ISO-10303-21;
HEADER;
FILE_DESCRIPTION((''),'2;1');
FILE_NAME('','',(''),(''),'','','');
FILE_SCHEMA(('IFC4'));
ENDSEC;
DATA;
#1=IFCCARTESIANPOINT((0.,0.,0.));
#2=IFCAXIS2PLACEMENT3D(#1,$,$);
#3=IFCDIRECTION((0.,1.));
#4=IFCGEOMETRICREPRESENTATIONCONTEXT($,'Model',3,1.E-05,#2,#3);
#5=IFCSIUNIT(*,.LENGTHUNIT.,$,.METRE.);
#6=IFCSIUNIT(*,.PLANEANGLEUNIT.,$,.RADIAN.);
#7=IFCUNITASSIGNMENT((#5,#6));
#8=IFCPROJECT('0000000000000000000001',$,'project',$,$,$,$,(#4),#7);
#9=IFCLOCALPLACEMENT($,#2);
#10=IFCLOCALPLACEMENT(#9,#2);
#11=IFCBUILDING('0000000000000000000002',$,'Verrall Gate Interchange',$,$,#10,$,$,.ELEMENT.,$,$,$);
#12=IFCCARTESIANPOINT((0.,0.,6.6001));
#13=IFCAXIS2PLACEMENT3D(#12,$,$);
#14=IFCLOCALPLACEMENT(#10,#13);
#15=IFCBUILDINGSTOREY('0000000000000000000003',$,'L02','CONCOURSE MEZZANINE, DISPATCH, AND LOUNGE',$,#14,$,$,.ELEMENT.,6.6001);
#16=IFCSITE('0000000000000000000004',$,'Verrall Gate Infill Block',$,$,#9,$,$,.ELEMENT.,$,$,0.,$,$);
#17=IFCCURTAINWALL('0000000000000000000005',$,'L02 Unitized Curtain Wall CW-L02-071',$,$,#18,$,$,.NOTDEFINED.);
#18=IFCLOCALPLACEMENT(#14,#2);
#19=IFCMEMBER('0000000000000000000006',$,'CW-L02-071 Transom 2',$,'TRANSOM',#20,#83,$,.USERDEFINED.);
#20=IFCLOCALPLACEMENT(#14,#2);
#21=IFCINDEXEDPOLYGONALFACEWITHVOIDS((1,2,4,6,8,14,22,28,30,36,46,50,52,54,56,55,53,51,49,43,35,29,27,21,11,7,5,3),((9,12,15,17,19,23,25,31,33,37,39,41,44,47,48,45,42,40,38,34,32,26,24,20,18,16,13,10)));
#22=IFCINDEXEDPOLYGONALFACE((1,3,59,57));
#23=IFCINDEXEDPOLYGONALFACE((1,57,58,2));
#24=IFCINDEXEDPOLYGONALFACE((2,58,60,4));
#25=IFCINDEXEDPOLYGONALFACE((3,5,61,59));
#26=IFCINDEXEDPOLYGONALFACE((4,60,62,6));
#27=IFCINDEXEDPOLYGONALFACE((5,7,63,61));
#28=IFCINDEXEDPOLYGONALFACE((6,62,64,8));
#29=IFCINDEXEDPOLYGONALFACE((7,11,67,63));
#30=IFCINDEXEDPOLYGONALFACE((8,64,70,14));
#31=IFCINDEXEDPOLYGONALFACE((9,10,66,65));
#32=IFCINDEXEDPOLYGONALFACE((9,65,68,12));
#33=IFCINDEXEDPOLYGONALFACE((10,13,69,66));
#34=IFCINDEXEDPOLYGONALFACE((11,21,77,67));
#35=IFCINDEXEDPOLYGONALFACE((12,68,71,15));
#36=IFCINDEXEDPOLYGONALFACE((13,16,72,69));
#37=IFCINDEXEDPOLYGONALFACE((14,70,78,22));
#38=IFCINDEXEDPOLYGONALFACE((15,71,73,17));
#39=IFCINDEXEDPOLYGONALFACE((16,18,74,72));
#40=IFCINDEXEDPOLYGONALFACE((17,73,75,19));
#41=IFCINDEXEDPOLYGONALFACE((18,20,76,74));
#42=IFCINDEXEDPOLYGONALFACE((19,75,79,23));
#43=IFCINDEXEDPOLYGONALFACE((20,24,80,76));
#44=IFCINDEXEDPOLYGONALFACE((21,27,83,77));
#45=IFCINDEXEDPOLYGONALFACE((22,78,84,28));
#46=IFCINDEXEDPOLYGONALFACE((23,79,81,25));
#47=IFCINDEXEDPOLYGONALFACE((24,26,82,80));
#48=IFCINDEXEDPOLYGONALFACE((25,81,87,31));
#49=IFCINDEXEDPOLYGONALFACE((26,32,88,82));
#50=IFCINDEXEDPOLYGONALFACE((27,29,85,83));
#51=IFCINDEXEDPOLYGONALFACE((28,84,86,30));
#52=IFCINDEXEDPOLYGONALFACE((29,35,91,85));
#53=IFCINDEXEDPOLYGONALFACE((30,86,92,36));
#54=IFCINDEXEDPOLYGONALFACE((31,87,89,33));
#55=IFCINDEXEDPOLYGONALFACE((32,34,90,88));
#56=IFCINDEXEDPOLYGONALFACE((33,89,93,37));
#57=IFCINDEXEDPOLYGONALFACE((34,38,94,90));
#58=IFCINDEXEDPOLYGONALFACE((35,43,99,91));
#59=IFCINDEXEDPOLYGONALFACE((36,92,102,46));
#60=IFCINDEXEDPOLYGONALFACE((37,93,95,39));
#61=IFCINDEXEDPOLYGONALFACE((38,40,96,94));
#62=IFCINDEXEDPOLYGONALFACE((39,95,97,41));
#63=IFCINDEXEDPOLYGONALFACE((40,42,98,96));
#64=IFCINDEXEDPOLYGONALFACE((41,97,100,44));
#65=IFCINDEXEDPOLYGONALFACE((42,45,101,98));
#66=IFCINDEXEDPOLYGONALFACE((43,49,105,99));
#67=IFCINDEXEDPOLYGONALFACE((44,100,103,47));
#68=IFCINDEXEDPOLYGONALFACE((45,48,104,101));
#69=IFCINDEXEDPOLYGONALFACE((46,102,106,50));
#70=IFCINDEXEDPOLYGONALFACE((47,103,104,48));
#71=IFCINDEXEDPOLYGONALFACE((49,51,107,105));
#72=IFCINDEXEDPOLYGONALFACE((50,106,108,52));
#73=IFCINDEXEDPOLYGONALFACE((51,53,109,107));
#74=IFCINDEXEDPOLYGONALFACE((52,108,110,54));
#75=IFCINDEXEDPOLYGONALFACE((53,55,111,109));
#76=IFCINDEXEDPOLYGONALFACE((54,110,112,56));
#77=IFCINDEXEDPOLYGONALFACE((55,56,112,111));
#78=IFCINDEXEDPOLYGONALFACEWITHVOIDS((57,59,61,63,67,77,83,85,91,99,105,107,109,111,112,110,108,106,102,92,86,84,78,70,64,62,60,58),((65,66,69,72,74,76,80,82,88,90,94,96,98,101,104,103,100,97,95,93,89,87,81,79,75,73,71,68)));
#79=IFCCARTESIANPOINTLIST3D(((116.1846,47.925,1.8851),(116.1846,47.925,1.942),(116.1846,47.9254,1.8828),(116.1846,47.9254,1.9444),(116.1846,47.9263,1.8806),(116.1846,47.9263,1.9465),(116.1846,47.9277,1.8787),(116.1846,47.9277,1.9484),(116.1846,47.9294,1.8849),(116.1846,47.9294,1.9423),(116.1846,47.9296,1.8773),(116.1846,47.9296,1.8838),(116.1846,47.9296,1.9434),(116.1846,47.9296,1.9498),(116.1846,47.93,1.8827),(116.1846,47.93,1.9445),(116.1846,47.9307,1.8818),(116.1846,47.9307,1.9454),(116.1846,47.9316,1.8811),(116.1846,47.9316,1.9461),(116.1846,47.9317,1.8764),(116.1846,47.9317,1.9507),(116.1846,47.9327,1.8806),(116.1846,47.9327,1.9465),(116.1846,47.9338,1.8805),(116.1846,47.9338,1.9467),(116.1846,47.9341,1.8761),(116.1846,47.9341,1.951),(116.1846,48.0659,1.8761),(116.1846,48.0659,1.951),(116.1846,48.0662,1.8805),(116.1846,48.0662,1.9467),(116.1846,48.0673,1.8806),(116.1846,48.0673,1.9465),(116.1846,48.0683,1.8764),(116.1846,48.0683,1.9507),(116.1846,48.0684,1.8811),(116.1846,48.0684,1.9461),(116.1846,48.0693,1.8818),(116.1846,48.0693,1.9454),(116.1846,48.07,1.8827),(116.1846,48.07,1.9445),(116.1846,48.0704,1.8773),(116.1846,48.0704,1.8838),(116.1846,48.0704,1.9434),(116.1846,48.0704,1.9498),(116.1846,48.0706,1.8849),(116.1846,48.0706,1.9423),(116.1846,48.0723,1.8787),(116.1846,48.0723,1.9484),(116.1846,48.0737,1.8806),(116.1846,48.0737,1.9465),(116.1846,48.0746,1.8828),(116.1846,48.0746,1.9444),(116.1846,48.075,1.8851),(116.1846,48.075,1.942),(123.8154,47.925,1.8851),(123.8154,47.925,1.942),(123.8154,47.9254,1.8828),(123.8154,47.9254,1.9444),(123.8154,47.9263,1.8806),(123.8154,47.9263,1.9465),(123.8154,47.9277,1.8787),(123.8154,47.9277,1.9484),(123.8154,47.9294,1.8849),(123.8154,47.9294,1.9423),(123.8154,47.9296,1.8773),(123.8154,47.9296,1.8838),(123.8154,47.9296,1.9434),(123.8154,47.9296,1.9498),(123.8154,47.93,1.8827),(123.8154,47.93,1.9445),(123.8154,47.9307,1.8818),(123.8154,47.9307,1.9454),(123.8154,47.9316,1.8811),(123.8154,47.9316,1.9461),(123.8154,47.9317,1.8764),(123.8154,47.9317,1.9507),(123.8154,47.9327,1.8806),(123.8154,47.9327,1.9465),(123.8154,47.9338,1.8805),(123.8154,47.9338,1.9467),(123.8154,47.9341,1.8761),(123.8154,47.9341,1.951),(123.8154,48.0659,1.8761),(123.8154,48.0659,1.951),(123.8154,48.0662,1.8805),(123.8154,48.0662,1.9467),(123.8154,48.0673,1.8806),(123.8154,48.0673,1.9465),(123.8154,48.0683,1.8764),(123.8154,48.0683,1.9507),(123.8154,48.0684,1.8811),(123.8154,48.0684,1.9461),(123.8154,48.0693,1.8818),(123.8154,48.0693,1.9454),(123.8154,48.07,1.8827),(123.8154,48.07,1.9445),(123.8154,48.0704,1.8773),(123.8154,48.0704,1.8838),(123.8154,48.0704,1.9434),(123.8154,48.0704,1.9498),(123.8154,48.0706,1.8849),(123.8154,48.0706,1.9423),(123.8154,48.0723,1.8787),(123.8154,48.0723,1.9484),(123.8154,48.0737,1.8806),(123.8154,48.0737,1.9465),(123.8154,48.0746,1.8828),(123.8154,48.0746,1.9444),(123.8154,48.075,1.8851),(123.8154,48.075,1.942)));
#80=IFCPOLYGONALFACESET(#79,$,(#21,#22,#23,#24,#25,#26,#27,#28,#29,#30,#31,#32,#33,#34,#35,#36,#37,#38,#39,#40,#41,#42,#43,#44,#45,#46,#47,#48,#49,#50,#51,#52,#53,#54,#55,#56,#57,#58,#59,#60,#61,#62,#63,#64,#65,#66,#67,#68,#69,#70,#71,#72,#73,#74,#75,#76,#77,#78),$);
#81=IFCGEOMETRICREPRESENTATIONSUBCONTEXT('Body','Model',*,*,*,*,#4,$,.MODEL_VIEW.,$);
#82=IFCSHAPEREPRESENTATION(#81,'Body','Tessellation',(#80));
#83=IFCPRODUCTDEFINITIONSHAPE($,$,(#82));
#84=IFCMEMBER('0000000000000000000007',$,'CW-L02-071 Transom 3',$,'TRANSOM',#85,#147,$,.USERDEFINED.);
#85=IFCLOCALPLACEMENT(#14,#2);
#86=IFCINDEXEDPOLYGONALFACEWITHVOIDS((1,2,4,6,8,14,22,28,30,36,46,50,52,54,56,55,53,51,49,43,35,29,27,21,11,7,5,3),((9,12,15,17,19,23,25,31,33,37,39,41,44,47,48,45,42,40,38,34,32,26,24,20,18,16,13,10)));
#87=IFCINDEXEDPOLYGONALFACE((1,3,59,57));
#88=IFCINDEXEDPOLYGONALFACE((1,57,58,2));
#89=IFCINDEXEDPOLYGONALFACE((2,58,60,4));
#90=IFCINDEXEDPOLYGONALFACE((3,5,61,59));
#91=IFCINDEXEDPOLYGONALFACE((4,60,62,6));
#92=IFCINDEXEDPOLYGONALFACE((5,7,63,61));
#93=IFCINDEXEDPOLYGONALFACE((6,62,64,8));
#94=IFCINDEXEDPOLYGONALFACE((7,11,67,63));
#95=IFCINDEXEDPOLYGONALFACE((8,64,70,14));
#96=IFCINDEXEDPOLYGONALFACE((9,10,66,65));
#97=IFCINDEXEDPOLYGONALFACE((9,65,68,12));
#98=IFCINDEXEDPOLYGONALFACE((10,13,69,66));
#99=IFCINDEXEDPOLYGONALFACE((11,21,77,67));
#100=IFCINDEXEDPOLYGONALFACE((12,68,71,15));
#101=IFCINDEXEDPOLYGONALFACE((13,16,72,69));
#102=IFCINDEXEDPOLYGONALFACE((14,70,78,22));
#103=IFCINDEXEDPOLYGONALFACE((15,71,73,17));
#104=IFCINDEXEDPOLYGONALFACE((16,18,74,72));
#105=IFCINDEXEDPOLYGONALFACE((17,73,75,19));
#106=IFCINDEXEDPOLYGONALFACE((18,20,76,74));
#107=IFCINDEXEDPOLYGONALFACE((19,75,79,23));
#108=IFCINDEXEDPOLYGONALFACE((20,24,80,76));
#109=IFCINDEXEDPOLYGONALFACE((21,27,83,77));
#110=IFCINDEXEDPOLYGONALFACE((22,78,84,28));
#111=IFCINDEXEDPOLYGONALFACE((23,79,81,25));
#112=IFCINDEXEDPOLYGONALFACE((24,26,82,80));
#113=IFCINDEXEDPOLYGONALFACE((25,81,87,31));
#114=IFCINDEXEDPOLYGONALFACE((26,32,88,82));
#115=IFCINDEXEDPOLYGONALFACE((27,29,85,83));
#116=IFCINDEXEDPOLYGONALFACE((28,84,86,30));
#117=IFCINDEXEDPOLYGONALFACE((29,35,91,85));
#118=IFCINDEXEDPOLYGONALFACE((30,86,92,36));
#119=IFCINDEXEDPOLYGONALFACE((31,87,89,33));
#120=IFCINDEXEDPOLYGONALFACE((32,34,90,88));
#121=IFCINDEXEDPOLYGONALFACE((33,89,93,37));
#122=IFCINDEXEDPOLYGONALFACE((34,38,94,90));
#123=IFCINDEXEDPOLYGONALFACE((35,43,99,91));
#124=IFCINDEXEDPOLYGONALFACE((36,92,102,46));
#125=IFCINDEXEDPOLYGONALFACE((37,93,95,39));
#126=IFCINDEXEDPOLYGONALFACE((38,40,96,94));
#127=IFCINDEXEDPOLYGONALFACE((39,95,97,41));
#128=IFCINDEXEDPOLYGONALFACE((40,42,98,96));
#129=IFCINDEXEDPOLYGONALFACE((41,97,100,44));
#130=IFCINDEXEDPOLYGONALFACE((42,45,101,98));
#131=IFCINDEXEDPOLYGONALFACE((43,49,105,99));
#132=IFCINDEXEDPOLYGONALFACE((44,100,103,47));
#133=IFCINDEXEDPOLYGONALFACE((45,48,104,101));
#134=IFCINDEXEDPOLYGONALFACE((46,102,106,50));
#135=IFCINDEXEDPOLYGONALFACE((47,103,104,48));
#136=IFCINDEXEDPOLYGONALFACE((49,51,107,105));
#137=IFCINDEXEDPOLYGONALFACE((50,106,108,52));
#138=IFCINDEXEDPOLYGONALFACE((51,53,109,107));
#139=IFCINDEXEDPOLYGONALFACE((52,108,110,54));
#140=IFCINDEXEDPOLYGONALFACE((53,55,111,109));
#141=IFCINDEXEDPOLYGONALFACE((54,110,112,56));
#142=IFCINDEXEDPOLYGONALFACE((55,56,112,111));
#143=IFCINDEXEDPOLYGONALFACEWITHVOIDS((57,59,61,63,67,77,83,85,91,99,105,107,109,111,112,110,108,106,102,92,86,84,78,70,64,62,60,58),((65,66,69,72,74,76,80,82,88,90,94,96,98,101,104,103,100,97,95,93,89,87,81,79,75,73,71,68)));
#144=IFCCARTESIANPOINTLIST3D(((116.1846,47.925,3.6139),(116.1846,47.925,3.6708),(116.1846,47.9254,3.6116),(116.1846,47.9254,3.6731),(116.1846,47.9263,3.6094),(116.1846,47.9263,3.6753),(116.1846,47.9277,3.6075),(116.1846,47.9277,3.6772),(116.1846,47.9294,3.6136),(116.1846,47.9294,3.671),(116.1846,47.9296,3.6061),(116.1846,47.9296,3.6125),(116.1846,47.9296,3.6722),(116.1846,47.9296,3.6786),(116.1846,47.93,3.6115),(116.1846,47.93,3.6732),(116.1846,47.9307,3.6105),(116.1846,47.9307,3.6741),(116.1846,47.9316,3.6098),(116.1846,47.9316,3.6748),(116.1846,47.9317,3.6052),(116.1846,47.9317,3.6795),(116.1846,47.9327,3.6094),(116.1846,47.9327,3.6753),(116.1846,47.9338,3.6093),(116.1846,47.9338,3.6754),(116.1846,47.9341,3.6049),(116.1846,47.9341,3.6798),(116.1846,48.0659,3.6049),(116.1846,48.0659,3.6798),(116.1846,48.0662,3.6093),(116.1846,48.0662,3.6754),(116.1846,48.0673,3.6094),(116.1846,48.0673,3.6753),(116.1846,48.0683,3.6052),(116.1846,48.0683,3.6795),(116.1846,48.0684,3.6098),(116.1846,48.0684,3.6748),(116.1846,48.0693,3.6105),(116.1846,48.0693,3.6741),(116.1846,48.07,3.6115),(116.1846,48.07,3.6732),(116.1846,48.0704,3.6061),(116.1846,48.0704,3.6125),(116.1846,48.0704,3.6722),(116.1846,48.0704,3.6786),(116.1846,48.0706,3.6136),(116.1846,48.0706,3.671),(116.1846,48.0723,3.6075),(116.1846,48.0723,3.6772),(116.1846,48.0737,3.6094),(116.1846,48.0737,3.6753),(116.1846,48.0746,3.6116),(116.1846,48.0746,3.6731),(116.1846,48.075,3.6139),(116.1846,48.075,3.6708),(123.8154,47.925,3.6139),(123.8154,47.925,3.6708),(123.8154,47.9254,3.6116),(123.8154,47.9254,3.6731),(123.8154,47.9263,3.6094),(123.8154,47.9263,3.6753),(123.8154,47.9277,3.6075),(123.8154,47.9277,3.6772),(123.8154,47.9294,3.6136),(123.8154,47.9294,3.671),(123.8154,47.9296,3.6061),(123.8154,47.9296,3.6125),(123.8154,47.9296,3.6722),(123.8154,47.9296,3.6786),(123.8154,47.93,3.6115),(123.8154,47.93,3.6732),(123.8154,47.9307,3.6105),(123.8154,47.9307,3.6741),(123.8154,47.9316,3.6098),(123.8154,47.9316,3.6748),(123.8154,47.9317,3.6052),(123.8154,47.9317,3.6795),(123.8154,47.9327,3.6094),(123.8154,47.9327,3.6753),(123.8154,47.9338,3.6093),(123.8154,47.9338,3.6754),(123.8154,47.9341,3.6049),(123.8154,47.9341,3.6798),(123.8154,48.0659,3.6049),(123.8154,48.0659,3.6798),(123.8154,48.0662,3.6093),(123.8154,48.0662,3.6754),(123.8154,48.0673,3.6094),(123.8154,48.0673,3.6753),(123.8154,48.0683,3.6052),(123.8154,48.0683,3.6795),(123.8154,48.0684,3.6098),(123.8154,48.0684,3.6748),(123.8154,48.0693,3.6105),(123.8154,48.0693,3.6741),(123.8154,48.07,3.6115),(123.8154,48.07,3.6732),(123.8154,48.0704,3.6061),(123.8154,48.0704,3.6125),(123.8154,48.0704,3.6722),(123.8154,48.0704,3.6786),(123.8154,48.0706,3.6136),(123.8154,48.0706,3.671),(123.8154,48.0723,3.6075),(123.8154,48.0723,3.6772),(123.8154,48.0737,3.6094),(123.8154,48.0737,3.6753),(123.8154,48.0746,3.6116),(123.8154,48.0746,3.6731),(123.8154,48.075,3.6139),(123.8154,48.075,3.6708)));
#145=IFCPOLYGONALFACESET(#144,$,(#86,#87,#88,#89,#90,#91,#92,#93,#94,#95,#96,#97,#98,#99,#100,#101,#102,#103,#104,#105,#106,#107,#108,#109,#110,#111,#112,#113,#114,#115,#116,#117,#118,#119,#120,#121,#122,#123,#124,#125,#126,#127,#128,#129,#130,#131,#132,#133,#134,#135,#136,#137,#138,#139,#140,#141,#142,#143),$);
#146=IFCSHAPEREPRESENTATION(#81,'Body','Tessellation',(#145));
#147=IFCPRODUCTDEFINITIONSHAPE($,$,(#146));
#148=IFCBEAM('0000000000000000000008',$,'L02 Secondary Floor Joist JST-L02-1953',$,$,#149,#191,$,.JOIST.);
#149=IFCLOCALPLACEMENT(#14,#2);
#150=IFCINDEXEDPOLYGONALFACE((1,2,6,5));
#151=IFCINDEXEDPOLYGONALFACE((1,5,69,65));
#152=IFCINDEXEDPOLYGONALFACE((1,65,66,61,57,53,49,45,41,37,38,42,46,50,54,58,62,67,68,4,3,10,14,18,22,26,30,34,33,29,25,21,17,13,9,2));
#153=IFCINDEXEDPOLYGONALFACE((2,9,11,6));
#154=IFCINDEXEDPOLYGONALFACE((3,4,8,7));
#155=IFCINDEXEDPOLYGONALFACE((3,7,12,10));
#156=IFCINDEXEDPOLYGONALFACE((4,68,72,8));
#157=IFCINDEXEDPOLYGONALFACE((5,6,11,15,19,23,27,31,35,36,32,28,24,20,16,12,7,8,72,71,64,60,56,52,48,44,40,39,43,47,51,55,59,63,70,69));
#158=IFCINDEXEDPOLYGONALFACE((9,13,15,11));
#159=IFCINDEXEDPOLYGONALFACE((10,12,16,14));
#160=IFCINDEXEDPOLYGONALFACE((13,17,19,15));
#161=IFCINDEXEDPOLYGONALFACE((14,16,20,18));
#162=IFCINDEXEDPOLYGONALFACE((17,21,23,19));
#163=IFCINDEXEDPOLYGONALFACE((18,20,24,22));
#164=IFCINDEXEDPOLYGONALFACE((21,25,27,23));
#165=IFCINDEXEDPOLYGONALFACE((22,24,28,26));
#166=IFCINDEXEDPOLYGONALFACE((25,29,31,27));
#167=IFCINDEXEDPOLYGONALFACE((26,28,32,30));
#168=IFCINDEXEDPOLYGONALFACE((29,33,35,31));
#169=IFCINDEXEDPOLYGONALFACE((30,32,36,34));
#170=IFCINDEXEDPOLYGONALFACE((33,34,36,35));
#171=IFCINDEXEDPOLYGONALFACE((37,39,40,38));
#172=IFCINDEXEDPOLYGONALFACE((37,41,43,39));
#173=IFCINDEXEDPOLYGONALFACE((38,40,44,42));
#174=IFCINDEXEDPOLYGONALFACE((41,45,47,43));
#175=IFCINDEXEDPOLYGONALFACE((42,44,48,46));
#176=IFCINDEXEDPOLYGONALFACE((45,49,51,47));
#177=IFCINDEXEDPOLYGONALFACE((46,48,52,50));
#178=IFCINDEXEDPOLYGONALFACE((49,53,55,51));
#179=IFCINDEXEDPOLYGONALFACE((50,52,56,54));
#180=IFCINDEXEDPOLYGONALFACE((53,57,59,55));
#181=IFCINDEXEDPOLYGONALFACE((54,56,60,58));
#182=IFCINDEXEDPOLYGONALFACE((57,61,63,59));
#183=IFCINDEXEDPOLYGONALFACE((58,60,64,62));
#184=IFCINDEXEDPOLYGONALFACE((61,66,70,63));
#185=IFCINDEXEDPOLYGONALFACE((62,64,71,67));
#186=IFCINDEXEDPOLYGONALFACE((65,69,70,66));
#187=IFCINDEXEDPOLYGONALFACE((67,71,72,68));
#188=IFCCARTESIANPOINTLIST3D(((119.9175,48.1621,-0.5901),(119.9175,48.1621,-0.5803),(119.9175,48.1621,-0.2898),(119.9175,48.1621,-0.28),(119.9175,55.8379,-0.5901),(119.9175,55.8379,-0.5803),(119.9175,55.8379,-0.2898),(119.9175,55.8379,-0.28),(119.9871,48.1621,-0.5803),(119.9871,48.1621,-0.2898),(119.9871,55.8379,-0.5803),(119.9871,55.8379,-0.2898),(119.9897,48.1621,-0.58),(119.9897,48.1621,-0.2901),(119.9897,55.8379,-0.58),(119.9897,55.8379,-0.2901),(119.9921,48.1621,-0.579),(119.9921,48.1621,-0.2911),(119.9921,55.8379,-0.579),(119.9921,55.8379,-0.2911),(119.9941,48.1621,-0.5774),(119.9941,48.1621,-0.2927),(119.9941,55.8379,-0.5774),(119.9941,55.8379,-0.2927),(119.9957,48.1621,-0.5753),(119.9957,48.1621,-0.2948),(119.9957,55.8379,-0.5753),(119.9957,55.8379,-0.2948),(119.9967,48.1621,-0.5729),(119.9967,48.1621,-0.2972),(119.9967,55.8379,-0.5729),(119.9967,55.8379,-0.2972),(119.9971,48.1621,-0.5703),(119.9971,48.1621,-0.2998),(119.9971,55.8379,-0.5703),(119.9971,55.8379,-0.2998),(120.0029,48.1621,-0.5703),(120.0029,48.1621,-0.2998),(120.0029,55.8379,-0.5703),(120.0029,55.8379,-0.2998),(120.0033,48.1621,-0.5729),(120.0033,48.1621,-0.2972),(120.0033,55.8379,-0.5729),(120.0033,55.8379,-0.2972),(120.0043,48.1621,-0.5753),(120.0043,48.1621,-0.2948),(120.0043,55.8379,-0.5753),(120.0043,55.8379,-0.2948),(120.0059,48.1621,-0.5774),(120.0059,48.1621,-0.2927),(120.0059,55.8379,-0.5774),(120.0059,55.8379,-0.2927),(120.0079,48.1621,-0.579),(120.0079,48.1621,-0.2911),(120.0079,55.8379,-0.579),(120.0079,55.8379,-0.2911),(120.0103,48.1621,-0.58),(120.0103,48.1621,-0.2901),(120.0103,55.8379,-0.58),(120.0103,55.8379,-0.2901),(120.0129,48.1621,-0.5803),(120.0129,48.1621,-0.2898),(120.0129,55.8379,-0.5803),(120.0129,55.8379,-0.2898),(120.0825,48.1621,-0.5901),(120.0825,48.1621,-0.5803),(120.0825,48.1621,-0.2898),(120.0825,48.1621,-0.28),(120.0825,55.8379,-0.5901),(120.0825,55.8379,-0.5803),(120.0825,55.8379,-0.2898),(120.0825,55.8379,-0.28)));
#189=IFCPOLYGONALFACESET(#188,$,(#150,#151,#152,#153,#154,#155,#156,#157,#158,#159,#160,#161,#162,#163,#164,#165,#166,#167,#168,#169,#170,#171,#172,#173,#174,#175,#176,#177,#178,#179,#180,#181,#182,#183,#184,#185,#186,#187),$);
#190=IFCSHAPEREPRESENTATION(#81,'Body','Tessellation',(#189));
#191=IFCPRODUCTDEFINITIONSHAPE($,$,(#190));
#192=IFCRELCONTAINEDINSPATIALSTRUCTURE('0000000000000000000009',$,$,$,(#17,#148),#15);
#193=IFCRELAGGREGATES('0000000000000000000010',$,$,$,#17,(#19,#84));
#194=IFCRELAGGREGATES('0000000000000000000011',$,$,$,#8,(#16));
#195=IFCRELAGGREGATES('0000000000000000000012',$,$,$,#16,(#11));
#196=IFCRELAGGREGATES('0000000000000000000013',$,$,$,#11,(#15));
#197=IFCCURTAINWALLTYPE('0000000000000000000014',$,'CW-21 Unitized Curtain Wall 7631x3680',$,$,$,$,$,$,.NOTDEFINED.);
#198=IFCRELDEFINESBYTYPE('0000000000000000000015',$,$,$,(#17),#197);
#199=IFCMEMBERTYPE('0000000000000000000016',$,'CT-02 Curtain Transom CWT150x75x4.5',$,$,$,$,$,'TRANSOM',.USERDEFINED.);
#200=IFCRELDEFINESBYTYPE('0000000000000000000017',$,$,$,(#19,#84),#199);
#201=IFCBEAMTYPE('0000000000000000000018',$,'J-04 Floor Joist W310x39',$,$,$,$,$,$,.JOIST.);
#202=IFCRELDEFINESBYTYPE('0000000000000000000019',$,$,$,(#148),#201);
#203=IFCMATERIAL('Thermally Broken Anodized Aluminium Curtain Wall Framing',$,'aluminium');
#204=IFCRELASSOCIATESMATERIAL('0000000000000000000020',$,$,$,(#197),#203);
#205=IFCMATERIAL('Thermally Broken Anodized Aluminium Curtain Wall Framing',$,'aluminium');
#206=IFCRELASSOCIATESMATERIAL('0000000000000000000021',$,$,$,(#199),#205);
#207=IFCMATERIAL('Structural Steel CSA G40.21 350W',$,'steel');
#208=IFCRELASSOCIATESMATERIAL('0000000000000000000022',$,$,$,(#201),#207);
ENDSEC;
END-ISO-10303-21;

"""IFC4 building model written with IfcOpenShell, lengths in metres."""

from ifc_helpers import new_model, si_unit, direction, frame, origin, origin_2d, place, context, subcontext, project, spatial, hollow_rectangle, i_section, extrude, material, material_profile, profile_set, type_object, element, aggregate, save


model = new_model("IFC4")

# Units and contexts
model_context = context("Model", 3, precision=1e-05, world=origin(), true_north=direction((0.0, 1.0)))
body_context = subcontext(model_context, "Body", "Model", "MODEL_VIEW")
ifc_project = project(units=[si_unit("LENGTHUNIT", "METRE"), si_unit("PLANEANGLEUNIT", "RADIAN")], contexts=[model_context])

# Site, building, storey
site_placement = place(None, origin())
site = spatial("IfcSite", under=ifc_project, at=site_placement, Name="Verrall Gate Infill Block", CompositionType="ELEMENT", RefElevation=0.0)
building_placement = place(site_placement, origin())
building = spatial("IfcBuilding", under=site, at=building_placement, Name="Verrall Gate Interchange", CompositionType="ELEMENT")
storey_placement = place(building_placement, frame((0.0, 0.0, 6.6001)))
storey = spatial("IfcBuildingStorey", under=building, at=storey_placement, Name="L02", Description="CONCOURSE MEZZANINE, DISPATCH, AND LOUNGE", CompositionType="ELEMENT", Elevation=6.6001)

# Curtain wall
ifc_material_1 = material(Name="Thermally Broken Anodized Aluminium Curtain Wall Framing", Category="aluminium")
curtain_wall_type = type_object("IfcCurtainWallType", Name="CW-21 Unitized Curtain Wall 7631x3680", PredefinedType="NOTDEFINED", material=ifc_material_1)
curtain_wall_1_placement = place(storey_placement, origin())
curtain_wall_1 = element("IfcCurtainWall", 1, at=curtain_wall_1_placement, inside=storey, type_object=curtain_wall_type, Name="L02 Unitized Curtain Wall CW-L02-071", PredefinedType="NOTDEFINED")

# Members
ifc_material_2 = material(Name="Thermally Broken Anodized Aluminium Curtain Wall Framing", Category="aluminium")
ifc_material_profile_1 = material_profile(ifc_material_2, hollow_rectangle(XDim=0.1499, YDim=0.075, WallThickness=0.0044, InnerFilletRadius=0.0044, OuterFilletRadius=0.009, at=origin_2d()), Name="CWT150x75x4.5")
ifc_profile_set_1 = profile_set([ifc_material_profile_1], Name="Thermally Broken Anodized Aluminium Curtain Wall Framing")
member_type_1 = type_object("IfcMemberType", Name="CT-02 Curtain Transom CWT150x75x4.5", ElementType="TRANSOM", PredefinedType="USERDEFINED", material=ifc_profile_set_1)
member_1_placement = place(storey_placement, frame((116.1846, 48.0, 1.9136), z_axis=(1.0, 0.0, 0.0), x_axis=(0.0, 1.0, 0.0)))
member_1 = element("IfcMember", 2, at=member_1_placement, type_object=member_type_1, Name="CW-L02-071 Transom 2", ObjectType="TRANSOM", PredefinedType="USERDEFINED", context=body_context, shape_type="SweptSolid", body=[
    extrude(hollow_rectangle(XDim=0.1499, YDim=0.075, WallThickness=0.0044, InnerFilletRadius=0.0044, OuterFilletRadius=0.009, at=origin_2d()), origin(), (0.0, 0.0, 1.0), 7.6309),
])
member_2_placement = place(storey_placement, frame((116.1846, 48.0, 3.6423), z_axis=(1.0, 0.0, 0.0), x_axis=(0.0, 1.0, 0.0)))
member_2 = element("IfcMember", 3, at=member_2_placement, type_object=member_type_1, Name="CW-L02-071 Transom 3", ObjectType="TRANSOM", PredefinedType="USERDEFINED", context=body_context, shape_type="SweptSolid", body=[
    extrude(hollow_rectangle(XDim=0.1499, YDim=0.075, WallThickness=0.0044, InnerFilletRadius=0.0044, OuterFilletRadius=0.009, at=origin_2d()), origin(), (0.0, 0.0, 1.0), 7.6309),
])

# Beam
ifc_material_3 = material(Name="Structural Steel CSA G40.21 350W", Category="steel")
ifc_material_profile_2 = material_profile(ifc_material_3, i_section(OverallWidth=0.165, OverallDepth=0.3101, WebThickness=0.0059, FlangeThickness=0.0098, FilletRadius=0.01, at=origin_2d()), Name="W310x39")
ifc_profile_set_2 = profile_set([ifc_material_profile_2], Name="Structural Steel CSA G40.21 350W")
beam_type_1 = type_object("IfcBeamType", Name="J-04 Floor Joist W310x39", PredefinedType="JOIST", material=ifc_profile_set_2)
beam_placement = place(storey_placement, frame((120.0, 48.1621, -0.4351), z_axis=(0.0, 1.0, 0.0), x_axis=(-1.0, 0.0, 0.0)))
element("IfcBeam", 4, at=beam_placement, inside=storey, type_object=beam_type_1, Name="L02 Secondary Floor Joist JST-L02-1953", PredefinedType="JOIST", context=body_context, shape_type="SweptSolid", body=[
    extrude(i_section(OverallWidth=0.165, OverallDepth=0.3101, WebThickness=0.0059, FlangeThickness=0.0098, FilletRadius=0.01, at=origin_2d()), origin(), (0.0, 0.0, 1.0), 7.6758),
])

aggregate(curtain_wall_1, [member_1, member_2])

save(model, "model.ifc")
